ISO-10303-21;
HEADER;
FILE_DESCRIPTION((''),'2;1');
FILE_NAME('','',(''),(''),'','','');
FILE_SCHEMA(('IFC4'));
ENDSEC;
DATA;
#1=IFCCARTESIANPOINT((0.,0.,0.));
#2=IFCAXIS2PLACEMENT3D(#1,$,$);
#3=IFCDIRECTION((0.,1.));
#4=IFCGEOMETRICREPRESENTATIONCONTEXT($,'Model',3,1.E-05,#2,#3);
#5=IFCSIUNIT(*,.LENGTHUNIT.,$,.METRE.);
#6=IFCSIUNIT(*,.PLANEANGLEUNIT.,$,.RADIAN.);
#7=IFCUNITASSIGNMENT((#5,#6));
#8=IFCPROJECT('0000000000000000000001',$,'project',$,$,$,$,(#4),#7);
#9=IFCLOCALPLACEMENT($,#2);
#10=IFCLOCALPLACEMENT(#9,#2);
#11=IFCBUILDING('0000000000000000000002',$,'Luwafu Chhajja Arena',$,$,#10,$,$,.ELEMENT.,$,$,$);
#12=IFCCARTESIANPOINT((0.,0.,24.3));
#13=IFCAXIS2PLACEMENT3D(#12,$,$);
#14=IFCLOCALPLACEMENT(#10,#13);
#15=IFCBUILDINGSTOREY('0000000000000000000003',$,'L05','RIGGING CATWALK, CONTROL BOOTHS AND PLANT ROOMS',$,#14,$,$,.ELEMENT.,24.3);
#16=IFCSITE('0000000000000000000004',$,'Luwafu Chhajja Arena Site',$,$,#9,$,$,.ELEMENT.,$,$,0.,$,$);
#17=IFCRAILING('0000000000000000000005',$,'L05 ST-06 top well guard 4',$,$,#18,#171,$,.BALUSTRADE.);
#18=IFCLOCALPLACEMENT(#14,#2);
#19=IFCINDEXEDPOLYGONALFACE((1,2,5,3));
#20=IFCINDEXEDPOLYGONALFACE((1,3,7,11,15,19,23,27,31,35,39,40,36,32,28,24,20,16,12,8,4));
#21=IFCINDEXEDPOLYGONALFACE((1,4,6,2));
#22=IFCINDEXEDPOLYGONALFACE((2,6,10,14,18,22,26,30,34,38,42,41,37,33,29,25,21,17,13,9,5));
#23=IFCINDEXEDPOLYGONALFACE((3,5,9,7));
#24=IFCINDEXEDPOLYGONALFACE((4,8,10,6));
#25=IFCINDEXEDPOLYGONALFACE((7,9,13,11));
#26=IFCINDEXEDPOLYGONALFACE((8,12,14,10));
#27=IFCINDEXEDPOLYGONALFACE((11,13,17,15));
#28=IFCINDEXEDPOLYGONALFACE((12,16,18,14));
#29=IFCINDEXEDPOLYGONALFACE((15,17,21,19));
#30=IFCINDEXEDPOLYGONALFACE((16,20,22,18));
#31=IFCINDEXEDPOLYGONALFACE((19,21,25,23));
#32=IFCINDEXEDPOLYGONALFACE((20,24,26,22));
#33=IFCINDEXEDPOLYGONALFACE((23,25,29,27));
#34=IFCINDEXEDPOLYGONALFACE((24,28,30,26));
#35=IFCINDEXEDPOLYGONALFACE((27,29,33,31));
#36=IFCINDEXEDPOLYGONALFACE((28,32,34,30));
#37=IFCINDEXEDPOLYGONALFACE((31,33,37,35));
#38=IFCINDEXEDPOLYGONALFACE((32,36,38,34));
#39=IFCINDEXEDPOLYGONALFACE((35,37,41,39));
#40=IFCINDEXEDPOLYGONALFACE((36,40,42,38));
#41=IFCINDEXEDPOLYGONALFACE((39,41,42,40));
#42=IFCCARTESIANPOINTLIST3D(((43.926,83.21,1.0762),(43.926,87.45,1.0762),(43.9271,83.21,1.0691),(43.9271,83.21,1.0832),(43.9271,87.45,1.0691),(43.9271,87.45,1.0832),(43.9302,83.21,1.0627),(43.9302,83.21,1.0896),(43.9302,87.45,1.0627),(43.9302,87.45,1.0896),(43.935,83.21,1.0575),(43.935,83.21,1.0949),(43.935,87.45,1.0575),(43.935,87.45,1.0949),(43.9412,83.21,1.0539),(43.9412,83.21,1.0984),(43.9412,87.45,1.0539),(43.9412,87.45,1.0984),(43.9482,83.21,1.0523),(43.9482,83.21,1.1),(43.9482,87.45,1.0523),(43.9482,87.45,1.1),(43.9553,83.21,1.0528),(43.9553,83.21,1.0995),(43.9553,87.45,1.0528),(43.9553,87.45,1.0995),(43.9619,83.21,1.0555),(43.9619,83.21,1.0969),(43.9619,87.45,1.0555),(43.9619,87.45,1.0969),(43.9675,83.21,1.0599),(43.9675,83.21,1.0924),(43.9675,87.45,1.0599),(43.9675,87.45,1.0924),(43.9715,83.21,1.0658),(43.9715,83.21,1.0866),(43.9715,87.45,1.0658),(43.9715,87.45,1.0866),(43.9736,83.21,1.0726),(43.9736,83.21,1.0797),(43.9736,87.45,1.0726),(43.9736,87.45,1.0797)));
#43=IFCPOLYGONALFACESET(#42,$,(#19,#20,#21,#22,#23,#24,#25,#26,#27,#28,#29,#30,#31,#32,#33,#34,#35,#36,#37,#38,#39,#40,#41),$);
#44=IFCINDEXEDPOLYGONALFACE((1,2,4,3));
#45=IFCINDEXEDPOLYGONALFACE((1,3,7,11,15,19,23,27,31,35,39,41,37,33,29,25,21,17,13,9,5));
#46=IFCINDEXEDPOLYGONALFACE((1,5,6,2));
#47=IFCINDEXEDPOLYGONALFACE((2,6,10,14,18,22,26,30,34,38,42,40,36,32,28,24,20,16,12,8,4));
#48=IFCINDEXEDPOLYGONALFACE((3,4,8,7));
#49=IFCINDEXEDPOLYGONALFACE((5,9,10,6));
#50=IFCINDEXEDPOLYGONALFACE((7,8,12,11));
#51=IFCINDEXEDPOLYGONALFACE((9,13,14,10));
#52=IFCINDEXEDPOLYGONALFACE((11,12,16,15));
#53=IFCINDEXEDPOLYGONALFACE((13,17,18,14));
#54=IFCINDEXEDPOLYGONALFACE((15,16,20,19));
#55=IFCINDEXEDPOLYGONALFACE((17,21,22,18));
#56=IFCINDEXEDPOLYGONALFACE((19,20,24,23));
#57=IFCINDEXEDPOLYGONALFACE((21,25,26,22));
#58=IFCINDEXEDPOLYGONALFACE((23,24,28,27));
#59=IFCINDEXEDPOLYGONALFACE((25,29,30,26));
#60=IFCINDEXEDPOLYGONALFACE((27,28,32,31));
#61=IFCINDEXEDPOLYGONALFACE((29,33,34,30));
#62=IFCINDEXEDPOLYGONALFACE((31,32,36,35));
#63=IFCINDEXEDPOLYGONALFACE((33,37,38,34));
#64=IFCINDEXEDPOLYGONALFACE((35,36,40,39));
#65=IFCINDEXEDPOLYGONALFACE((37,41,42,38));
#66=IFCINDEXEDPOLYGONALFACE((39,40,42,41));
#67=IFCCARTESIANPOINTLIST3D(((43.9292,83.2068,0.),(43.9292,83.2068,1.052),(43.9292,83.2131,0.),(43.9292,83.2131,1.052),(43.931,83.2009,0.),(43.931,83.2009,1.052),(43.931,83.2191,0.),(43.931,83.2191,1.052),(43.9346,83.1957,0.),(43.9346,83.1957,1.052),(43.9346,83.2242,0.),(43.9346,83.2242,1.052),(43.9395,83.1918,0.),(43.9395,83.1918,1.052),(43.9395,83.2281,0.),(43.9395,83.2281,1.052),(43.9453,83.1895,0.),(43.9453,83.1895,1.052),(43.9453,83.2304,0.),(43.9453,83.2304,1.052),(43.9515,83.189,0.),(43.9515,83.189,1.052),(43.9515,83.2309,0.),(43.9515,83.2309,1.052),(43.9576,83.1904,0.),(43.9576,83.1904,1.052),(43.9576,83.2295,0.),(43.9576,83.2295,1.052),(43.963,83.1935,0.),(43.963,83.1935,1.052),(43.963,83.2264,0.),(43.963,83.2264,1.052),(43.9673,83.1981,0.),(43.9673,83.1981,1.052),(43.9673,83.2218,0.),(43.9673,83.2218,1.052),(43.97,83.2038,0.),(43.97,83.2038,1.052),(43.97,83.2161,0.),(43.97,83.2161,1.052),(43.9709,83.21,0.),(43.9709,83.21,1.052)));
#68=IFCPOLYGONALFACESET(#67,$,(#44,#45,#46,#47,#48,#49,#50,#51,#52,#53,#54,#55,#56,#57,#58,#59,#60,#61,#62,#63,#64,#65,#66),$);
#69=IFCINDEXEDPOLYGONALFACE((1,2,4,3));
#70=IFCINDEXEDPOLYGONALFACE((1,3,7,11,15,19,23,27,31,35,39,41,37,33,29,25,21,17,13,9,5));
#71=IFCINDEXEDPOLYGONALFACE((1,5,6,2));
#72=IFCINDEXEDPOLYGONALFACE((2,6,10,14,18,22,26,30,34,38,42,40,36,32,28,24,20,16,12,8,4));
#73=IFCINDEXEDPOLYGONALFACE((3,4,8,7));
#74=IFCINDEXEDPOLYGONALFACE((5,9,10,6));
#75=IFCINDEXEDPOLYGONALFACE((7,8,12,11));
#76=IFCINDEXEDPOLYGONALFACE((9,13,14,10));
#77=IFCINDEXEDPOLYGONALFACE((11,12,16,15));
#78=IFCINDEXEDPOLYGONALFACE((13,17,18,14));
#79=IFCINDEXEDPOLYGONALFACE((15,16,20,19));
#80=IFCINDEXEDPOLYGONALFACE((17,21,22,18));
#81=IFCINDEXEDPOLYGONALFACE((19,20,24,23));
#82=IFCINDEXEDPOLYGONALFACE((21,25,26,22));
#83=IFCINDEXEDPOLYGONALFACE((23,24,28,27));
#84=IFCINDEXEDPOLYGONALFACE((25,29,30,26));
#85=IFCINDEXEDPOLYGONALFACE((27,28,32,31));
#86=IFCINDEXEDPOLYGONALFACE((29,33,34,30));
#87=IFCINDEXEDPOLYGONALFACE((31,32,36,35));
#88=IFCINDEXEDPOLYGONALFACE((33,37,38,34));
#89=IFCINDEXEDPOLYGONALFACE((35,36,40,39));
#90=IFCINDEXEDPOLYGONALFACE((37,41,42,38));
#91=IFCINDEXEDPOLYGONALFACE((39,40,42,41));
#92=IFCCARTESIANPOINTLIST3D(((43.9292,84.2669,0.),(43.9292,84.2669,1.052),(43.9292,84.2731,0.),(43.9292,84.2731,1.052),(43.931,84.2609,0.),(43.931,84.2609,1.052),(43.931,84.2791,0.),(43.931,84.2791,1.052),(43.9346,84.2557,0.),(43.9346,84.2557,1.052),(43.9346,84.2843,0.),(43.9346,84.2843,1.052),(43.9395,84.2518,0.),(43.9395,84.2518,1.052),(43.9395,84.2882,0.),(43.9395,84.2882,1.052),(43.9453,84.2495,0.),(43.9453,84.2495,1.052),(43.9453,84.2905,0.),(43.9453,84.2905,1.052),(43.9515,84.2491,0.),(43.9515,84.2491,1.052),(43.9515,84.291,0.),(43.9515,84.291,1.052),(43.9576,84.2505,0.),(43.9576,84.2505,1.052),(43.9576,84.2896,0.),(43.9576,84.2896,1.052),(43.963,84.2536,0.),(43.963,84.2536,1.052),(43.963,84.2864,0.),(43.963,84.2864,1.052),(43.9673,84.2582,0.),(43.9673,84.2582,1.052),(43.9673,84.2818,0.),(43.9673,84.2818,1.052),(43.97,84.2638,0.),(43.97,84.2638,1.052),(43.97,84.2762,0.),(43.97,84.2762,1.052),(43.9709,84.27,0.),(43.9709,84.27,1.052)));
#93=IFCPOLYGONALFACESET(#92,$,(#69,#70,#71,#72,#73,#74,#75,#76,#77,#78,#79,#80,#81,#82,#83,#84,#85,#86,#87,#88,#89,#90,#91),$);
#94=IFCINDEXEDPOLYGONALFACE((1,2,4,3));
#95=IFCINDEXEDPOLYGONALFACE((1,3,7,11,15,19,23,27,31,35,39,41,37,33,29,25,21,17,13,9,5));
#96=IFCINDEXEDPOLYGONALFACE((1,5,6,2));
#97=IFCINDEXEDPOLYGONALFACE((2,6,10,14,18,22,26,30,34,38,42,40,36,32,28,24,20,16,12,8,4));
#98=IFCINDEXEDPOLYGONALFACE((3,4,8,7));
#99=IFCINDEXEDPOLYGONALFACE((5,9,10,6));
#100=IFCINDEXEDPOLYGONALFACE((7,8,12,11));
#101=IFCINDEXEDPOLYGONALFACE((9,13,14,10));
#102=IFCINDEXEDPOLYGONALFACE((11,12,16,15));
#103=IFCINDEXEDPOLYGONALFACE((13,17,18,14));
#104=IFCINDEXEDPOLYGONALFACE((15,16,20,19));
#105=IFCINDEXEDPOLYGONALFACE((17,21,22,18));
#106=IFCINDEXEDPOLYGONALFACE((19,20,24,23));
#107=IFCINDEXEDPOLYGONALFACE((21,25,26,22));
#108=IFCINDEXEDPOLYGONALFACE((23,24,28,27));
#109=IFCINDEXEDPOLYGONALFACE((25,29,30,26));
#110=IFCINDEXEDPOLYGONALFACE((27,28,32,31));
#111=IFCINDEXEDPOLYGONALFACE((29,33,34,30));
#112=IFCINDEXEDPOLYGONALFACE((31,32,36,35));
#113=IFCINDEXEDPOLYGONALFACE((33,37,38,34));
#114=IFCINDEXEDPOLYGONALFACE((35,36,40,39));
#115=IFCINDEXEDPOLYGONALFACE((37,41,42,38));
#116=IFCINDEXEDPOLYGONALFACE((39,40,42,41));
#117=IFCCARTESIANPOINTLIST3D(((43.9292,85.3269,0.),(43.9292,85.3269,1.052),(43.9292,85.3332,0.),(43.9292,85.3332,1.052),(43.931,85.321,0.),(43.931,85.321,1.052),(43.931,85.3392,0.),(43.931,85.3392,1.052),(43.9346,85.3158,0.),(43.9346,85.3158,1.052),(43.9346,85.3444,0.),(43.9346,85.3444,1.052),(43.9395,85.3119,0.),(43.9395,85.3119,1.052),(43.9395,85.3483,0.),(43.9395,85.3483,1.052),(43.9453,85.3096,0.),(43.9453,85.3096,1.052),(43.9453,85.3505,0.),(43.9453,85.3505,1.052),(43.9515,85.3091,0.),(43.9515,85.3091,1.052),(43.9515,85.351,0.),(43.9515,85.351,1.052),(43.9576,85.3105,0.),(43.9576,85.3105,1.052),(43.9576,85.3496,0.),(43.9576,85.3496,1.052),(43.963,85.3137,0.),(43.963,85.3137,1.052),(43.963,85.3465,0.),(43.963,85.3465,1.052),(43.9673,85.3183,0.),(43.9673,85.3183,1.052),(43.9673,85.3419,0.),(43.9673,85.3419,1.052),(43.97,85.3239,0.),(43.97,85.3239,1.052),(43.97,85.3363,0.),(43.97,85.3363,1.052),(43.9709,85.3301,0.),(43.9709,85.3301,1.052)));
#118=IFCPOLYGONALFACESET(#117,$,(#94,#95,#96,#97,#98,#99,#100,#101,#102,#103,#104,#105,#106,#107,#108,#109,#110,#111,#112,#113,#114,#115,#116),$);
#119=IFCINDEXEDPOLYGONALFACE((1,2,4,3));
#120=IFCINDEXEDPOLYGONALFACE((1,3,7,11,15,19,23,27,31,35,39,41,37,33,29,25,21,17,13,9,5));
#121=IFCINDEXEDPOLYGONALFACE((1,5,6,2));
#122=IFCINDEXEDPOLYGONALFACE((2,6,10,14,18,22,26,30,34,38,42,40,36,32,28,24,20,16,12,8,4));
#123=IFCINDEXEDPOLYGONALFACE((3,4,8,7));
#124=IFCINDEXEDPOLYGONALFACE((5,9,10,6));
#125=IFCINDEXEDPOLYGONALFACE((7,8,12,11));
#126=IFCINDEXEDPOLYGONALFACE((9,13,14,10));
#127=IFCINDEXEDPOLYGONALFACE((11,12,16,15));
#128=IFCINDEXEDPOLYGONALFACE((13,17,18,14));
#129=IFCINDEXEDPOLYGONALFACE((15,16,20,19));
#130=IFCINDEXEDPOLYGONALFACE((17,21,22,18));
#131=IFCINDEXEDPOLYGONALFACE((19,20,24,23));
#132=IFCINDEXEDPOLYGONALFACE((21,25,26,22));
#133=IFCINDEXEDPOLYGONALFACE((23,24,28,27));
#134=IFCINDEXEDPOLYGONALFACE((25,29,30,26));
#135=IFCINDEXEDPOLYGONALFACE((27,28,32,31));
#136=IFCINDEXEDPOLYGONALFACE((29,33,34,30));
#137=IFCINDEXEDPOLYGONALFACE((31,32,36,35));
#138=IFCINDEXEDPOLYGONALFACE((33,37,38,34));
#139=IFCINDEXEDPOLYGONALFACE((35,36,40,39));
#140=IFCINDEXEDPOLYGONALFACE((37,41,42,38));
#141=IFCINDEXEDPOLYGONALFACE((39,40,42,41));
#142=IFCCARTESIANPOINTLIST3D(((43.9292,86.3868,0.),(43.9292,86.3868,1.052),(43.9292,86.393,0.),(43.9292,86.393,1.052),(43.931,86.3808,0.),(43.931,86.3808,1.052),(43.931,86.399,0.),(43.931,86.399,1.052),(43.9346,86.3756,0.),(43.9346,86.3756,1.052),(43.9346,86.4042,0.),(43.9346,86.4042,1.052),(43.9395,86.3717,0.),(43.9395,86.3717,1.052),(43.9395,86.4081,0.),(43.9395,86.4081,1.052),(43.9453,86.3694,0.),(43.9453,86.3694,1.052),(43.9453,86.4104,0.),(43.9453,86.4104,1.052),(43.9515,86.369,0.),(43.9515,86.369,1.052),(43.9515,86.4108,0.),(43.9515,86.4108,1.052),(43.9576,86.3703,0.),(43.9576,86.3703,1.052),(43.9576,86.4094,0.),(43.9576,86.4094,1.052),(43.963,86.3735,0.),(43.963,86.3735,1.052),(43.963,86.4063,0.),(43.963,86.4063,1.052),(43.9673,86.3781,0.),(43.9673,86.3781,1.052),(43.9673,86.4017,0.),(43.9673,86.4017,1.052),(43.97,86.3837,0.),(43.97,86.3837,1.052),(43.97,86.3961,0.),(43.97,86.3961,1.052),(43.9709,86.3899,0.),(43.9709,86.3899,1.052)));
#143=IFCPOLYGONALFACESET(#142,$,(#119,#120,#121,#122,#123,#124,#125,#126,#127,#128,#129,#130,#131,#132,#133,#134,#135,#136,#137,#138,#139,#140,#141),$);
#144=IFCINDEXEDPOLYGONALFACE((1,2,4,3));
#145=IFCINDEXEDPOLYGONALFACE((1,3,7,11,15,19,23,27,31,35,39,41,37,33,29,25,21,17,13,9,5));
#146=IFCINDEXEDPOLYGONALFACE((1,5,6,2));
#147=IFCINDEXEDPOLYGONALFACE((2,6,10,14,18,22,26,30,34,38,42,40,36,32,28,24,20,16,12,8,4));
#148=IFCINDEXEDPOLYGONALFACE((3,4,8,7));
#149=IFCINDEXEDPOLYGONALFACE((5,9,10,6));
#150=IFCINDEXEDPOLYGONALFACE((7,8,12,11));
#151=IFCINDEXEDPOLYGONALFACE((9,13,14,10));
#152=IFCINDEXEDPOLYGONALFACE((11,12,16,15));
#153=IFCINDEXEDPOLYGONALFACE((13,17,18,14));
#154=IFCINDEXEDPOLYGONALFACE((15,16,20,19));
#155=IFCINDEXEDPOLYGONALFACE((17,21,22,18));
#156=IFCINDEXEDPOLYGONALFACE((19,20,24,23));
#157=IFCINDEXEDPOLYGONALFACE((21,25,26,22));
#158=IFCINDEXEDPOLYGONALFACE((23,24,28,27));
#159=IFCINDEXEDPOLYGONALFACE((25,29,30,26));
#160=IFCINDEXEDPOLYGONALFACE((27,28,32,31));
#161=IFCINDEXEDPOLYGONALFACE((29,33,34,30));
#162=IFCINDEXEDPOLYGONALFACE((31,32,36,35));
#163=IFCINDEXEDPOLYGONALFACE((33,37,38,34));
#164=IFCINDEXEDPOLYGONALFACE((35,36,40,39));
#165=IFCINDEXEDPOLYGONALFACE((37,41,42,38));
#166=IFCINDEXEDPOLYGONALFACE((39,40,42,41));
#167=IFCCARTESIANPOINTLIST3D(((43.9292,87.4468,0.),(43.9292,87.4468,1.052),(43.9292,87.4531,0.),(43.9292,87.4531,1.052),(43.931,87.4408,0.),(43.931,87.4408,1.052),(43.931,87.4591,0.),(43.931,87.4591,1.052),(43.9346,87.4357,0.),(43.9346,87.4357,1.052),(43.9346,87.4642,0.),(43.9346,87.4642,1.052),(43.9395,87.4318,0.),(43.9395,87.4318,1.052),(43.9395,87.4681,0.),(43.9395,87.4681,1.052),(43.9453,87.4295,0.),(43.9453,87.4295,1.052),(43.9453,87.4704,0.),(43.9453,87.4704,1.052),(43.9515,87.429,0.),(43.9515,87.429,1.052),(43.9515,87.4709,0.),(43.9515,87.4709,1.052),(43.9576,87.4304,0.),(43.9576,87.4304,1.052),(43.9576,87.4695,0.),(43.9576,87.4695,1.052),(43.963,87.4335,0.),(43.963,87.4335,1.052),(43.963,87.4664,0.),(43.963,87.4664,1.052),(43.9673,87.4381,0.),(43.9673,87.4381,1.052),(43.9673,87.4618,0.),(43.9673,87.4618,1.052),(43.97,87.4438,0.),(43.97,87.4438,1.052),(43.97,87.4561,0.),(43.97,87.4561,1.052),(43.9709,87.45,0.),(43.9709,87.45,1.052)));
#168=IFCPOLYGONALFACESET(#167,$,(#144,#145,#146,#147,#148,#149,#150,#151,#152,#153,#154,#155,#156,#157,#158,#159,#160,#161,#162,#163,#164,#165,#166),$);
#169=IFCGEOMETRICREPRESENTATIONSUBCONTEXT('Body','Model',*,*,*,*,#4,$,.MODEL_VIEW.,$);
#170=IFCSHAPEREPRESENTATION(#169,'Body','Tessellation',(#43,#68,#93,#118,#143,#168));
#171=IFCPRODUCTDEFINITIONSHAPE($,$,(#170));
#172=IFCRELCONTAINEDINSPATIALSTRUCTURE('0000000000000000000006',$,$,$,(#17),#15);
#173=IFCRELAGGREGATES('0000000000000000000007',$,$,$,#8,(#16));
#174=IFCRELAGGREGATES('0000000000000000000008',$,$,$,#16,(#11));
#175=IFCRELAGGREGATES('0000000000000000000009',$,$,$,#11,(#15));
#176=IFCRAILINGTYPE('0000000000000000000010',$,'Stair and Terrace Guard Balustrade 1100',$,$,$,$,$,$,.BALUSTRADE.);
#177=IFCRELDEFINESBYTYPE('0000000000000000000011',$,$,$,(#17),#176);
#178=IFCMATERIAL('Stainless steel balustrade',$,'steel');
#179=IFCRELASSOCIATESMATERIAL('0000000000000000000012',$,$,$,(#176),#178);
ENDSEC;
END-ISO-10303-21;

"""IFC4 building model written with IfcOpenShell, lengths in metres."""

from ifc_helpers import new_model, si_unit, direction, frame, origin, origin_2d, place, context, subcontext, project, spatial, circle, extrude, material, type_object, element, save


model = new_model("IFC4")

# Units and contexts
model_context = context("Model", 3, precision=1e-05, world=origin(), true_north=direction((0.0, 1.0)))
body_context = subcontext(model_context, "Body", "Model", "MODEL_VIEW")
ifc_project = project(units=[si_unit("LENGTHUNIT", "METRE"), si_unit("PLANEANGLEUNIT", "RADIAN")], contexts=[model_context])

# Site, building, storey
site_placement = place(None, origin())
site = spatial("IfcSite", under=ifc_project, at=site_placement, Name="Luwafu Chhajja Arena Site", CompositionType="ELEMENT", RefElevation=0.0)
building_placement = place(site_placement, origin())
building = spatial("IfcBuilding", under=site, at=building_placement, Name="Luwafu Chhajja Arena", CompositionType="ELEMENT")
storey_placement = place(building_placement, frame((0.0, 0.0, 24.3)))
storey = spatial("IfcBuildingStorey", under=building, at=storey_placement, Name="L05", Description="RIGGING CATWALK, CONTROL BOOTHS AND PLANT ROOMS", CompositionType="ELEMENT", Elevation=24.3)

# Railing
ifc_material_1 = material(Name="Stainless steel balustrade", Category="steel")
railing_type = type_object("IfcRailingType", Name="Stair and Terrace Guard Balustrade 1100", PredefinedType="BALUSTRADE", material=ifc_material_1)
railing_1_placement = place(storey_placement, frame((43.95, 83.21, 0.0)))
element("IfcRailing", 1, at=railing_1_placement, inside=storey, type_object=railing_type, Name="L05 ST-06 top well guard 4", PredefinedType="BALUSTRADE", context=body_context, shape_type="SweptSolid", body=[
    extrude(circle(Radius=0.0239, at=origin_2d()), frame((0.0, 0.0, 1.0762), z_axis=(0.0, 1.0, 0.0), x_axis=(-1.0, 0.0, 0.0)), (0.0, 0.0, 1.0), 4.24),
    extrude(circle(Radius=0.021, at=origin_2d()), origin(), (0.0, 0.0, 1.0), 1.052),
    extrude(circle(Radius=0.021, at=origin_2d()), frame((0.0, 1.0601, 0.0)), (0.0, 0.0, 1.0), 1.052),
    extrude(circle(Radius=0.021, at=origin_2d()), frame((0.0, 2.1201, 0.0)), (0.0, 0.0, 1.0), 1.052),
    extrude(circle(Radius=0.021, at=origin_2d()), frame((0.0, 3.1799, 0.0)), (0.0, 0.0, 1.0), 1.052),
    extrude(circle(Radius=0.021, at=origin_2d()), frame((0.0, 4.24, 0.0)), (0.0, 0.0, 1.0), 1.052),
])

save(model, "model.ifc")
